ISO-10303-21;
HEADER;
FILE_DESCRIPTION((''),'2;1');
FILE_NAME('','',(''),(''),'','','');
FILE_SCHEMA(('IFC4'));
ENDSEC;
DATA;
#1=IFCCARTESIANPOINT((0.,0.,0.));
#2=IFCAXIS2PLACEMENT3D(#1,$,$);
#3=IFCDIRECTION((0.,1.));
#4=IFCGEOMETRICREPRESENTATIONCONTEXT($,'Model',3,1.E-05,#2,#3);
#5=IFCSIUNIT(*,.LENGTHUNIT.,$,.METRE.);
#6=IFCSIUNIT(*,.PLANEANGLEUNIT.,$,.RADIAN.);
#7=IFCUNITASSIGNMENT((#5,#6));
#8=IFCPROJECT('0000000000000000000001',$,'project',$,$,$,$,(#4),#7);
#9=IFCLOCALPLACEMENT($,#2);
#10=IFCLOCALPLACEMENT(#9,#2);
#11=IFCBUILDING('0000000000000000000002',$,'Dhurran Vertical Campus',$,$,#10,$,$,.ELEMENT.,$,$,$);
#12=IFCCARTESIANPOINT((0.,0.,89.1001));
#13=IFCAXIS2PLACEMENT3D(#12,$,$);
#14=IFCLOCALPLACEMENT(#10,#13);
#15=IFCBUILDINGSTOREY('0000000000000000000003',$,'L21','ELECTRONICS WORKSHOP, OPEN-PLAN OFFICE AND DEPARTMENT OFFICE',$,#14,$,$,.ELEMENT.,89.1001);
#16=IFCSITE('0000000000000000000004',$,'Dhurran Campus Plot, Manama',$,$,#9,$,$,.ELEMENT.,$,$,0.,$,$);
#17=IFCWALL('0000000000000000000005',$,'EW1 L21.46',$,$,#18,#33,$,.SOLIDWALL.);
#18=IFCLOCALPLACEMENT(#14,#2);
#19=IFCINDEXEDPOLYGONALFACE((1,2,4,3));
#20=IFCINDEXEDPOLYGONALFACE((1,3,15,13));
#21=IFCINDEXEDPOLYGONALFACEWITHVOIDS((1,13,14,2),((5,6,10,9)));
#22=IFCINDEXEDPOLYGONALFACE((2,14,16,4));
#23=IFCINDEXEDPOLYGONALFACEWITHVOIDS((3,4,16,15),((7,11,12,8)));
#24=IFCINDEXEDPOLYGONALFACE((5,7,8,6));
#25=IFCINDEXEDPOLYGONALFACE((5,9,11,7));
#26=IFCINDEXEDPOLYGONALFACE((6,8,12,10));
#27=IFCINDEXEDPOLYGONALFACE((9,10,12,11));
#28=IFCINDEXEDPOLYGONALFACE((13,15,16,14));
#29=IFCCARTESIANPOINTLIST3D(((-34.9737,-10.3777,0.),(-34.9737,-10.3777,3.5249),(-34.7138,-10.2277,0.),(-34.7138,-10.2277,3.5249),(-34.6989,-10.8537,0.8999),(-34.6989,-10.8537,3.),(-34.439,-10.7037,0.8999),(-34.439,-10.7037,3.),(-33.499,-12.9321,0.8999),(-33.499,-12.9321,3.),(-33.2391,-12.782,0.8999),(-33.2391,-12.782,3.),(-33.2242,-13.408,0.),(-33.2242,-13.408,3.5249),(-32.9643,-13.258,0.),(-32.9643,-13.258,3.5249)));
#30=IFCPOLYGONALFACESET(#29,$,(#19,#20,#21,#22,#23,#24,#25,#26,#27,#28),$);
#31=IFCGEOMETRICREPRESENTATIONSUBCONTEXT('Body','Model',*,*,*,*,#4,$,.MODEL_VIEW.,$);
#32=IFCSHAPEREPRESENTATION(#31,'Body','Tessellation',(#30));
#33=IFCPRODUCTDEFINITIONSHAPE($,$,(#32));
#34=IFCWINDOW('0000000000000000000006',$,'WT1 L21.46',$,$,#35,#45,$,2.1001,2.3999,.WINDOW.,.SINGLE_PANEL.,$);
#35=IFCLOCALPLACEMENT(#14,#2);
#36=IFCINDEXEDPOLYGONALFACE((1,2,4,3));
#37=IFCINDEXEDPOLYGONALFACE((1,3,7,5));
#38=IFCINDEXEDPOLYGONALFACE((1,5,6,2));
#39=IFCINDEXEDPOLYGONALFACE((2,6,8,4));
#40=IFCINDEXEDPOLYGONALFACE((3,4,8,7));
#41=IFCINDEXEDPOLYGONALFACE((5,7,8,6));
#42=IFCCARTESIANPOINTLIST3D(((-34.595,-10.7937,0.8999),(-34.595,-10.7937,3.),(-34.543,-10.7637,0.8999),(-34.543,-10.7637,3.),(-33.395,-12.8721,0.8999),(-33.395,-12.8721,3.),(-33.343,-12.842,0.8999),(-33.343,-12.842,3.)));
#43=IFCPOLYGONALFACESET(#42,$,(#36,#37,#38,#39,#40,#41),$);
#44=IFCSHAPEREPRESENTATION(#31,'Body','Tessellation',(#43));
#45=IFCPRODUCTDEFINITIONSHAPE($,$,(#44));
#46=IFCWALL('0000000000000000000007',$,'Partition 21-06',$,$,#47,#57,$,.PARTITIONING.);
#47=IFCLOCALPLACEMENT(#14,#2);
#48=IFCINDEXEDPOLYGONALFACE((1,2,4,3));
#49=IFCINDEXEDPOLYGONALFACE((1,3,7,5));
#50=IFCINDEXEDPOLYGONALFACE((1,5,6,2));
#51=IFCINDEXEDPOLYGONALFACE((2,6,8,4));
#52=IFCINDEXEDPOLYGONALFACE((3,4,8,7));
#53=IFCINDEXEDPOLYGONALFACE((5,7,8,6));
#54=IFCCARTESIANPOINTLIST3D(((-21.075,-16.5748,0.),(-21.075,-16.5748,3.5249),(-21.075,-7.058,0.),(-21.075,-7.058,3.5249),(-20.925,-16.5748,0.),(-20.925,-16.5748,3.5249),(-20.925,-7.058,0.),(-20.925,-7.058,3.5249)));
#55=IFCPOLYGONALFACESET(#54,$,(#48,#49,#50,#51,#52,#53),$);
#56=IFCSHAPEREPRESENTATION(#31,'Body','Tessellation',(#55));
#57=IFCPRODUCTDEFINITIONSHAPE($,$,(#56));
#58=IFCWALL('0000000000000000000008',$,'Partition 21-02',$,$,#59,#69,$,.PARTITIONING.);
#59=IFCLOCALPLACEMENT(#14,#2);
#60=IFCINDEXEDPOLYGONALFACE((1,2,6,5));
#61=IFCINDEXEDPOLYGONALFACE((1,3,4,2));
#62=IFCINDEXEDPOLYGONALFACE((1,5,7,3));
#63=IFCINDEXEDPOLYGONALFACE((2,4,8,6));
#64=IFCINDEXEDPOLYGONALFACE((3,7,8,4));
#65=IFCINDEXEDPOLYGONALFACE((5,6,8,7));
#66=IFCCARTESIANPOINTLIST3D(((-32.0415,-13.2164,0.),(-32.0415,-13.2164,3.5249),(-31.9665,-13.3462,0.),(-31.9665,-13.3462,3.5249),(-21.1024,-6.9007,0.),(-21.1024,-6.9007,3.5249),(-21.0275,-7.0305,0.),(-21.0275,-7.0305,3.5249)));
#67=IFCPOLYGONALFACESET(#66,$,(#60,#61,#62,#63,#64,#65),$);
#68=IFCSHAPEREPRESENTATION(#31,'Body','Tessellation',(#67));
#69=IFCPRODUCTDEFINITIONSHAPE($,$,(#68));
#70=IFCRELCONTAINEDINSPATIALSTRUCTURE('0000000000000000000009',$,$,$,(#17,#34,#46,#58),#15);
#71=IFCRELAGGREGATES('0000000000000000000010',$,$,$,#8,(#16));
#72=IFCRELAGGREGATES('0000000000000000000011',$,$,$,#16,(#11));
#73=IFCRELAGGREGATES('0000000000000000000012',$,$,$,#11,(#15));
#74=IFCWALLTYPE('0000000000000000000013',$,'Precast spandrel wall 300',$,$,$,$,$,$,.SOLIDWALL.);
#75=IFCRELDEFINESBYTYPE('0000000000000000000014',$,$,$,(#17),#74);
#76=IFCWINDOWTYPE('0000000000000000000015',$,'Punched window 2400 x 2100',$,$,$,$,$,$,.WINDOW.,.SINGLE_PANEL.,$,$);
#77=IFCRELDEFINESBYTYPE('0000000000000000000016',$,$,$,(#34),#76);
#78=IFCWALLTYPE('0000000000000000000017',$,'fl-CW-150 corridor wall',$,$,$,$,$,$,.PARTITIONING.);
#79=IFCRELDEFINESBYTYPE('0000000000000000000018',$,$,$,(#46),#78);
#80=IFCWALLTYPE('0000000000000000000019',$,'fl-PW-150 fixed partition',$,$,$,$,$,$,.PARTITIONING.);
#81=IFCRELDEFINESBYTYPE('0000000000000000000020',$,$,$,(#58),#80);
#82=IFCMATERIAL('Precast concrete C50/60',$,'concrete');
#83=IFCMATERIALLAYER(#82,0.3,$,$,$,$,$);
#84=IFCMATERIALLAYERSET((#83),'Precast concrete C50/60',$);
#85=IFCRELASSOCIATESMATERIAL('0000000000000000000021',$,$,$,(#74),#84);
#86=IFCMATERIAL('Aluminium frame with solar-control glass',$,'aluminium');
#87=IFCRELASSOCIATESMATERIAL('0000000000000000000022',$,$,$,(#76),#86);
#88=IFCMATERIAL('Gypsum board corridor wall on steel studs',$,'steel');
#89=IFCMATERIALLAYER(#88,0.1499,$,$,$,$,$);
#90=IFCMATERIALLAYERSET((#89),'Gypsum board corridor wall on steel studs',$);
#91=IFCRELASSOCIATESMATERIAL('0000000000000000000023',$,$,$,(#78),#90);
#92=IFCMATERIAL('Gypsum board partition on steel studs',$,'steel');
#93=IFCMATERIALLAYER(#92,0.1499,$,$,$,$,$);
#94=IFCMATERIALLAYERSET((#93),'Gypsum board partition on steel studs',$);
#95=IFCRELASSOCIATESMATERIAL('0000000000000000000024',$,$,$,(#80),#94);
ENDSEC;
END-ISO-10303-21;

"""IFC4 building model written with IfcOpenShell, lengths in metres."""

from ifc_helpers import new_model, si_unit, direction, frame, frame_2d, origin, place, context, subcontext, project, spatial, rectangle, extrude, material, layer, layer_set, type_object, element, fill, save


model = new_model("IFC4")

# Units and contexts
model_context = context("Model", 3, precision=1e-05, world=origin(), true_north=direction((0.0, 1.0)))
body_context = subcontext(model_context, "Body", "Model", "MODEL_VIEW")
ifc_project = project(units=[si_unit("LENGTHUNIT", "METRE"), si_unit("PLANEANGLEUNIT", "RADIAN")], contexts=[model_context])

# Site, building, storey
site_placement = place(None, origin())
site = spatial("IfcSite", under=ifc_project, at=site_placement, Name="Dhurran Campus Plot, Manama", CompositionType="ELEMENT", RefElevation=0.0)
building_placement = place(site_placement, origin())
building = spatial("IfcBuilding", under=site, at=building_placement, Name="Dhurran Vertical Campus", CompositionType="ELEMENT")
storey_placement = place(building_placement, frame((0.0, 0.0, 89.1001)))
storey = spatial("IfcBuildingStorey", under=building, at=storey_placement, Name="L21", Description="ELECTRONICS WORKSHOP, OPEN-PLAN OFFICE AND DEPARTMENT OFFICE", CompositionType="ELEMENT", Elevation=89.1001)

# Wall, opening, window
ifc_material_1 = material(Name="Precast concrete C50/60", Category="concrete")
ifc_layer_1 = layer(ifc_material_1, 0.3)
ifc_layer_set_1 = layer_set([ifc_layer_1], Name="Precast concrete C50/60")
wall_type_1 = type_object("IfcWallType", Name="Precast spandrel wall 300", PredefinedType="SOLIDWALL", material=ifc_layer_set_1)
ifc_material_2 = material(Name="Aluminium frame with solar-control glass", Category="aluminium")
window_type = type_object("IfcWindowType", Name="Punched window 2400 x 2100", PartitioningType="SINGLE_PANEL", PredefinedType="WINDOW", material=ifc_material_2)
wall_1_placement = place(storey_placement, frame((-34.8438, -10.3027, 0.0), z_axis=(0.0, 0.0, 1.0), x_axis=(0.499996, -0.866028, 0.0)))
wall_1 = element("IfcWall", 1, at=wall_1_placement, inside=storey, type_object=wall_type_1, Name="EW1 L21.46", PredefinedType="SOLIDWALL", context=body_context, shape_type="SweptSolid", body=[
    extrude(rectangle(XDim=3.499, YDim=0.3, at=frame_2d((1.7495, 0.0))), origin(), (0.0, 0.0, 1.0), 3.5249),
])
opening_1_placement = place(wall_1_placement, frame((0.5496, 0.0, 0.8999)))
opening_1 = element("IfcOpeningElement", 2, at=opening_1_placement, cuts=wall_1, PredefinedType="OPENING", context=body_context, shape_type="SweptSolid", body=[
    extrude(rectangle(XDim=2.3999, YDim=2.1001, at=frame_2d((1.2, 1.05))), frame((0.0, 0.1599, 0.0), z_axis=(0.0, -1.0, 0.0), x_axis=(1.0, 0.0, 0.0)), (0.0, 0.0, 1.0), 0.3201),
])
window_1_placement = place(opening_1_placement, origin())
window_1 = element("IfcWindow", 3, at=window_1_placement, inside=storey, type_object=window_type, Name="WT1 L21.46", OverallHeight=2.1001, OverallWidth=2.3999, PartitioningType="SINGLE_PANEL", PredefinedType="WINDOW", context=body_context, shape_type="SweptSolid", body=[
    extrude(rectangle(XDim=2.3999, YDim=2.1001, at=frame_2d((1.2, 1.05))), frame((0.0, 0.03, 0.0), z_axis=(0.0, -1.0, 0.0), x_axis=(1.0, 0.0, 0.0)), (0.0, 0.0, 1.0), 0.0601),
])
fill(opening_1, window_1)

# Walls
ifc_material_3 = material(Name="Gypsum board corridor wall on steel studs", Category="steel")
ifc_layer_2 = layer(ifc_material_3, 0.1499)
ifc_layer_set_2 = layer_set([ifc_layer_2], Name="Gypsum board corridor wall on steel studs")
wall_type_2 = type_object("IfcWallType", Name="fl-CW-150 corridor wall", PredefinedType="PARTITIONING", material=ifc_layer_set_2)
wall_2_placement = place(storey_placement, frame((-21.0, -7.0581, 0.0), z_axis=(0.0, 0.0, 1.0), x_axis=(0.0, -1.0, 0.0)))
element("IfcWall", 4, at=wall_2_placement, inside=storey, type_object=wall_type_2, Name="Partition 21-06", PredefinedType="PARTITIONING", context=body_context, shape_type="SweptSolid", body=[
    extrude(rectangle(XDim=9.5168, YDim=0.1499, at=frame_2d((4.7583, 0.0))), origin(), (0.0, 0.0, 1.0), 3.5249),
])
ifc_material_4 = material(Name="Gypsum board partition on steel studs", Category="steel")
ifc_layer_3 = layer(ifc_material_4, 0.1499)
ifc_layer_set_3 = layer_set([ifc_layer_3], Name="Gypsum board partition on steel studs")
wall_type_3 = type_object("IfcWallType", Name="fl-PW-150 fixed partition", PredefinedType="PARTITIONING", material=ifc_layer_set_3)
wall_3_placement = place(storey_placement, frame((-21.0649, -6.9656, 0.0), z_axis=(0.0, 0.0, 1.0), x_axis=(-0.866023, -0.500004, 0.0)))
element("IfcWall", 5, at=wall_3_placement, inside=storey, type_object=wall_type_3, Name="Partition 21-02", PredefinedType="PARTITIONING", context=body_context, shape_type="SweptSolid", body=[
    extrude(rectangle(XDim=12.6313, YDim=0.1499, at=frame_2d((6.3157, 0.0))), origin(), (0.0, 0.0, 1.0), 3.5249),
])

save(model, "model.ifc")
